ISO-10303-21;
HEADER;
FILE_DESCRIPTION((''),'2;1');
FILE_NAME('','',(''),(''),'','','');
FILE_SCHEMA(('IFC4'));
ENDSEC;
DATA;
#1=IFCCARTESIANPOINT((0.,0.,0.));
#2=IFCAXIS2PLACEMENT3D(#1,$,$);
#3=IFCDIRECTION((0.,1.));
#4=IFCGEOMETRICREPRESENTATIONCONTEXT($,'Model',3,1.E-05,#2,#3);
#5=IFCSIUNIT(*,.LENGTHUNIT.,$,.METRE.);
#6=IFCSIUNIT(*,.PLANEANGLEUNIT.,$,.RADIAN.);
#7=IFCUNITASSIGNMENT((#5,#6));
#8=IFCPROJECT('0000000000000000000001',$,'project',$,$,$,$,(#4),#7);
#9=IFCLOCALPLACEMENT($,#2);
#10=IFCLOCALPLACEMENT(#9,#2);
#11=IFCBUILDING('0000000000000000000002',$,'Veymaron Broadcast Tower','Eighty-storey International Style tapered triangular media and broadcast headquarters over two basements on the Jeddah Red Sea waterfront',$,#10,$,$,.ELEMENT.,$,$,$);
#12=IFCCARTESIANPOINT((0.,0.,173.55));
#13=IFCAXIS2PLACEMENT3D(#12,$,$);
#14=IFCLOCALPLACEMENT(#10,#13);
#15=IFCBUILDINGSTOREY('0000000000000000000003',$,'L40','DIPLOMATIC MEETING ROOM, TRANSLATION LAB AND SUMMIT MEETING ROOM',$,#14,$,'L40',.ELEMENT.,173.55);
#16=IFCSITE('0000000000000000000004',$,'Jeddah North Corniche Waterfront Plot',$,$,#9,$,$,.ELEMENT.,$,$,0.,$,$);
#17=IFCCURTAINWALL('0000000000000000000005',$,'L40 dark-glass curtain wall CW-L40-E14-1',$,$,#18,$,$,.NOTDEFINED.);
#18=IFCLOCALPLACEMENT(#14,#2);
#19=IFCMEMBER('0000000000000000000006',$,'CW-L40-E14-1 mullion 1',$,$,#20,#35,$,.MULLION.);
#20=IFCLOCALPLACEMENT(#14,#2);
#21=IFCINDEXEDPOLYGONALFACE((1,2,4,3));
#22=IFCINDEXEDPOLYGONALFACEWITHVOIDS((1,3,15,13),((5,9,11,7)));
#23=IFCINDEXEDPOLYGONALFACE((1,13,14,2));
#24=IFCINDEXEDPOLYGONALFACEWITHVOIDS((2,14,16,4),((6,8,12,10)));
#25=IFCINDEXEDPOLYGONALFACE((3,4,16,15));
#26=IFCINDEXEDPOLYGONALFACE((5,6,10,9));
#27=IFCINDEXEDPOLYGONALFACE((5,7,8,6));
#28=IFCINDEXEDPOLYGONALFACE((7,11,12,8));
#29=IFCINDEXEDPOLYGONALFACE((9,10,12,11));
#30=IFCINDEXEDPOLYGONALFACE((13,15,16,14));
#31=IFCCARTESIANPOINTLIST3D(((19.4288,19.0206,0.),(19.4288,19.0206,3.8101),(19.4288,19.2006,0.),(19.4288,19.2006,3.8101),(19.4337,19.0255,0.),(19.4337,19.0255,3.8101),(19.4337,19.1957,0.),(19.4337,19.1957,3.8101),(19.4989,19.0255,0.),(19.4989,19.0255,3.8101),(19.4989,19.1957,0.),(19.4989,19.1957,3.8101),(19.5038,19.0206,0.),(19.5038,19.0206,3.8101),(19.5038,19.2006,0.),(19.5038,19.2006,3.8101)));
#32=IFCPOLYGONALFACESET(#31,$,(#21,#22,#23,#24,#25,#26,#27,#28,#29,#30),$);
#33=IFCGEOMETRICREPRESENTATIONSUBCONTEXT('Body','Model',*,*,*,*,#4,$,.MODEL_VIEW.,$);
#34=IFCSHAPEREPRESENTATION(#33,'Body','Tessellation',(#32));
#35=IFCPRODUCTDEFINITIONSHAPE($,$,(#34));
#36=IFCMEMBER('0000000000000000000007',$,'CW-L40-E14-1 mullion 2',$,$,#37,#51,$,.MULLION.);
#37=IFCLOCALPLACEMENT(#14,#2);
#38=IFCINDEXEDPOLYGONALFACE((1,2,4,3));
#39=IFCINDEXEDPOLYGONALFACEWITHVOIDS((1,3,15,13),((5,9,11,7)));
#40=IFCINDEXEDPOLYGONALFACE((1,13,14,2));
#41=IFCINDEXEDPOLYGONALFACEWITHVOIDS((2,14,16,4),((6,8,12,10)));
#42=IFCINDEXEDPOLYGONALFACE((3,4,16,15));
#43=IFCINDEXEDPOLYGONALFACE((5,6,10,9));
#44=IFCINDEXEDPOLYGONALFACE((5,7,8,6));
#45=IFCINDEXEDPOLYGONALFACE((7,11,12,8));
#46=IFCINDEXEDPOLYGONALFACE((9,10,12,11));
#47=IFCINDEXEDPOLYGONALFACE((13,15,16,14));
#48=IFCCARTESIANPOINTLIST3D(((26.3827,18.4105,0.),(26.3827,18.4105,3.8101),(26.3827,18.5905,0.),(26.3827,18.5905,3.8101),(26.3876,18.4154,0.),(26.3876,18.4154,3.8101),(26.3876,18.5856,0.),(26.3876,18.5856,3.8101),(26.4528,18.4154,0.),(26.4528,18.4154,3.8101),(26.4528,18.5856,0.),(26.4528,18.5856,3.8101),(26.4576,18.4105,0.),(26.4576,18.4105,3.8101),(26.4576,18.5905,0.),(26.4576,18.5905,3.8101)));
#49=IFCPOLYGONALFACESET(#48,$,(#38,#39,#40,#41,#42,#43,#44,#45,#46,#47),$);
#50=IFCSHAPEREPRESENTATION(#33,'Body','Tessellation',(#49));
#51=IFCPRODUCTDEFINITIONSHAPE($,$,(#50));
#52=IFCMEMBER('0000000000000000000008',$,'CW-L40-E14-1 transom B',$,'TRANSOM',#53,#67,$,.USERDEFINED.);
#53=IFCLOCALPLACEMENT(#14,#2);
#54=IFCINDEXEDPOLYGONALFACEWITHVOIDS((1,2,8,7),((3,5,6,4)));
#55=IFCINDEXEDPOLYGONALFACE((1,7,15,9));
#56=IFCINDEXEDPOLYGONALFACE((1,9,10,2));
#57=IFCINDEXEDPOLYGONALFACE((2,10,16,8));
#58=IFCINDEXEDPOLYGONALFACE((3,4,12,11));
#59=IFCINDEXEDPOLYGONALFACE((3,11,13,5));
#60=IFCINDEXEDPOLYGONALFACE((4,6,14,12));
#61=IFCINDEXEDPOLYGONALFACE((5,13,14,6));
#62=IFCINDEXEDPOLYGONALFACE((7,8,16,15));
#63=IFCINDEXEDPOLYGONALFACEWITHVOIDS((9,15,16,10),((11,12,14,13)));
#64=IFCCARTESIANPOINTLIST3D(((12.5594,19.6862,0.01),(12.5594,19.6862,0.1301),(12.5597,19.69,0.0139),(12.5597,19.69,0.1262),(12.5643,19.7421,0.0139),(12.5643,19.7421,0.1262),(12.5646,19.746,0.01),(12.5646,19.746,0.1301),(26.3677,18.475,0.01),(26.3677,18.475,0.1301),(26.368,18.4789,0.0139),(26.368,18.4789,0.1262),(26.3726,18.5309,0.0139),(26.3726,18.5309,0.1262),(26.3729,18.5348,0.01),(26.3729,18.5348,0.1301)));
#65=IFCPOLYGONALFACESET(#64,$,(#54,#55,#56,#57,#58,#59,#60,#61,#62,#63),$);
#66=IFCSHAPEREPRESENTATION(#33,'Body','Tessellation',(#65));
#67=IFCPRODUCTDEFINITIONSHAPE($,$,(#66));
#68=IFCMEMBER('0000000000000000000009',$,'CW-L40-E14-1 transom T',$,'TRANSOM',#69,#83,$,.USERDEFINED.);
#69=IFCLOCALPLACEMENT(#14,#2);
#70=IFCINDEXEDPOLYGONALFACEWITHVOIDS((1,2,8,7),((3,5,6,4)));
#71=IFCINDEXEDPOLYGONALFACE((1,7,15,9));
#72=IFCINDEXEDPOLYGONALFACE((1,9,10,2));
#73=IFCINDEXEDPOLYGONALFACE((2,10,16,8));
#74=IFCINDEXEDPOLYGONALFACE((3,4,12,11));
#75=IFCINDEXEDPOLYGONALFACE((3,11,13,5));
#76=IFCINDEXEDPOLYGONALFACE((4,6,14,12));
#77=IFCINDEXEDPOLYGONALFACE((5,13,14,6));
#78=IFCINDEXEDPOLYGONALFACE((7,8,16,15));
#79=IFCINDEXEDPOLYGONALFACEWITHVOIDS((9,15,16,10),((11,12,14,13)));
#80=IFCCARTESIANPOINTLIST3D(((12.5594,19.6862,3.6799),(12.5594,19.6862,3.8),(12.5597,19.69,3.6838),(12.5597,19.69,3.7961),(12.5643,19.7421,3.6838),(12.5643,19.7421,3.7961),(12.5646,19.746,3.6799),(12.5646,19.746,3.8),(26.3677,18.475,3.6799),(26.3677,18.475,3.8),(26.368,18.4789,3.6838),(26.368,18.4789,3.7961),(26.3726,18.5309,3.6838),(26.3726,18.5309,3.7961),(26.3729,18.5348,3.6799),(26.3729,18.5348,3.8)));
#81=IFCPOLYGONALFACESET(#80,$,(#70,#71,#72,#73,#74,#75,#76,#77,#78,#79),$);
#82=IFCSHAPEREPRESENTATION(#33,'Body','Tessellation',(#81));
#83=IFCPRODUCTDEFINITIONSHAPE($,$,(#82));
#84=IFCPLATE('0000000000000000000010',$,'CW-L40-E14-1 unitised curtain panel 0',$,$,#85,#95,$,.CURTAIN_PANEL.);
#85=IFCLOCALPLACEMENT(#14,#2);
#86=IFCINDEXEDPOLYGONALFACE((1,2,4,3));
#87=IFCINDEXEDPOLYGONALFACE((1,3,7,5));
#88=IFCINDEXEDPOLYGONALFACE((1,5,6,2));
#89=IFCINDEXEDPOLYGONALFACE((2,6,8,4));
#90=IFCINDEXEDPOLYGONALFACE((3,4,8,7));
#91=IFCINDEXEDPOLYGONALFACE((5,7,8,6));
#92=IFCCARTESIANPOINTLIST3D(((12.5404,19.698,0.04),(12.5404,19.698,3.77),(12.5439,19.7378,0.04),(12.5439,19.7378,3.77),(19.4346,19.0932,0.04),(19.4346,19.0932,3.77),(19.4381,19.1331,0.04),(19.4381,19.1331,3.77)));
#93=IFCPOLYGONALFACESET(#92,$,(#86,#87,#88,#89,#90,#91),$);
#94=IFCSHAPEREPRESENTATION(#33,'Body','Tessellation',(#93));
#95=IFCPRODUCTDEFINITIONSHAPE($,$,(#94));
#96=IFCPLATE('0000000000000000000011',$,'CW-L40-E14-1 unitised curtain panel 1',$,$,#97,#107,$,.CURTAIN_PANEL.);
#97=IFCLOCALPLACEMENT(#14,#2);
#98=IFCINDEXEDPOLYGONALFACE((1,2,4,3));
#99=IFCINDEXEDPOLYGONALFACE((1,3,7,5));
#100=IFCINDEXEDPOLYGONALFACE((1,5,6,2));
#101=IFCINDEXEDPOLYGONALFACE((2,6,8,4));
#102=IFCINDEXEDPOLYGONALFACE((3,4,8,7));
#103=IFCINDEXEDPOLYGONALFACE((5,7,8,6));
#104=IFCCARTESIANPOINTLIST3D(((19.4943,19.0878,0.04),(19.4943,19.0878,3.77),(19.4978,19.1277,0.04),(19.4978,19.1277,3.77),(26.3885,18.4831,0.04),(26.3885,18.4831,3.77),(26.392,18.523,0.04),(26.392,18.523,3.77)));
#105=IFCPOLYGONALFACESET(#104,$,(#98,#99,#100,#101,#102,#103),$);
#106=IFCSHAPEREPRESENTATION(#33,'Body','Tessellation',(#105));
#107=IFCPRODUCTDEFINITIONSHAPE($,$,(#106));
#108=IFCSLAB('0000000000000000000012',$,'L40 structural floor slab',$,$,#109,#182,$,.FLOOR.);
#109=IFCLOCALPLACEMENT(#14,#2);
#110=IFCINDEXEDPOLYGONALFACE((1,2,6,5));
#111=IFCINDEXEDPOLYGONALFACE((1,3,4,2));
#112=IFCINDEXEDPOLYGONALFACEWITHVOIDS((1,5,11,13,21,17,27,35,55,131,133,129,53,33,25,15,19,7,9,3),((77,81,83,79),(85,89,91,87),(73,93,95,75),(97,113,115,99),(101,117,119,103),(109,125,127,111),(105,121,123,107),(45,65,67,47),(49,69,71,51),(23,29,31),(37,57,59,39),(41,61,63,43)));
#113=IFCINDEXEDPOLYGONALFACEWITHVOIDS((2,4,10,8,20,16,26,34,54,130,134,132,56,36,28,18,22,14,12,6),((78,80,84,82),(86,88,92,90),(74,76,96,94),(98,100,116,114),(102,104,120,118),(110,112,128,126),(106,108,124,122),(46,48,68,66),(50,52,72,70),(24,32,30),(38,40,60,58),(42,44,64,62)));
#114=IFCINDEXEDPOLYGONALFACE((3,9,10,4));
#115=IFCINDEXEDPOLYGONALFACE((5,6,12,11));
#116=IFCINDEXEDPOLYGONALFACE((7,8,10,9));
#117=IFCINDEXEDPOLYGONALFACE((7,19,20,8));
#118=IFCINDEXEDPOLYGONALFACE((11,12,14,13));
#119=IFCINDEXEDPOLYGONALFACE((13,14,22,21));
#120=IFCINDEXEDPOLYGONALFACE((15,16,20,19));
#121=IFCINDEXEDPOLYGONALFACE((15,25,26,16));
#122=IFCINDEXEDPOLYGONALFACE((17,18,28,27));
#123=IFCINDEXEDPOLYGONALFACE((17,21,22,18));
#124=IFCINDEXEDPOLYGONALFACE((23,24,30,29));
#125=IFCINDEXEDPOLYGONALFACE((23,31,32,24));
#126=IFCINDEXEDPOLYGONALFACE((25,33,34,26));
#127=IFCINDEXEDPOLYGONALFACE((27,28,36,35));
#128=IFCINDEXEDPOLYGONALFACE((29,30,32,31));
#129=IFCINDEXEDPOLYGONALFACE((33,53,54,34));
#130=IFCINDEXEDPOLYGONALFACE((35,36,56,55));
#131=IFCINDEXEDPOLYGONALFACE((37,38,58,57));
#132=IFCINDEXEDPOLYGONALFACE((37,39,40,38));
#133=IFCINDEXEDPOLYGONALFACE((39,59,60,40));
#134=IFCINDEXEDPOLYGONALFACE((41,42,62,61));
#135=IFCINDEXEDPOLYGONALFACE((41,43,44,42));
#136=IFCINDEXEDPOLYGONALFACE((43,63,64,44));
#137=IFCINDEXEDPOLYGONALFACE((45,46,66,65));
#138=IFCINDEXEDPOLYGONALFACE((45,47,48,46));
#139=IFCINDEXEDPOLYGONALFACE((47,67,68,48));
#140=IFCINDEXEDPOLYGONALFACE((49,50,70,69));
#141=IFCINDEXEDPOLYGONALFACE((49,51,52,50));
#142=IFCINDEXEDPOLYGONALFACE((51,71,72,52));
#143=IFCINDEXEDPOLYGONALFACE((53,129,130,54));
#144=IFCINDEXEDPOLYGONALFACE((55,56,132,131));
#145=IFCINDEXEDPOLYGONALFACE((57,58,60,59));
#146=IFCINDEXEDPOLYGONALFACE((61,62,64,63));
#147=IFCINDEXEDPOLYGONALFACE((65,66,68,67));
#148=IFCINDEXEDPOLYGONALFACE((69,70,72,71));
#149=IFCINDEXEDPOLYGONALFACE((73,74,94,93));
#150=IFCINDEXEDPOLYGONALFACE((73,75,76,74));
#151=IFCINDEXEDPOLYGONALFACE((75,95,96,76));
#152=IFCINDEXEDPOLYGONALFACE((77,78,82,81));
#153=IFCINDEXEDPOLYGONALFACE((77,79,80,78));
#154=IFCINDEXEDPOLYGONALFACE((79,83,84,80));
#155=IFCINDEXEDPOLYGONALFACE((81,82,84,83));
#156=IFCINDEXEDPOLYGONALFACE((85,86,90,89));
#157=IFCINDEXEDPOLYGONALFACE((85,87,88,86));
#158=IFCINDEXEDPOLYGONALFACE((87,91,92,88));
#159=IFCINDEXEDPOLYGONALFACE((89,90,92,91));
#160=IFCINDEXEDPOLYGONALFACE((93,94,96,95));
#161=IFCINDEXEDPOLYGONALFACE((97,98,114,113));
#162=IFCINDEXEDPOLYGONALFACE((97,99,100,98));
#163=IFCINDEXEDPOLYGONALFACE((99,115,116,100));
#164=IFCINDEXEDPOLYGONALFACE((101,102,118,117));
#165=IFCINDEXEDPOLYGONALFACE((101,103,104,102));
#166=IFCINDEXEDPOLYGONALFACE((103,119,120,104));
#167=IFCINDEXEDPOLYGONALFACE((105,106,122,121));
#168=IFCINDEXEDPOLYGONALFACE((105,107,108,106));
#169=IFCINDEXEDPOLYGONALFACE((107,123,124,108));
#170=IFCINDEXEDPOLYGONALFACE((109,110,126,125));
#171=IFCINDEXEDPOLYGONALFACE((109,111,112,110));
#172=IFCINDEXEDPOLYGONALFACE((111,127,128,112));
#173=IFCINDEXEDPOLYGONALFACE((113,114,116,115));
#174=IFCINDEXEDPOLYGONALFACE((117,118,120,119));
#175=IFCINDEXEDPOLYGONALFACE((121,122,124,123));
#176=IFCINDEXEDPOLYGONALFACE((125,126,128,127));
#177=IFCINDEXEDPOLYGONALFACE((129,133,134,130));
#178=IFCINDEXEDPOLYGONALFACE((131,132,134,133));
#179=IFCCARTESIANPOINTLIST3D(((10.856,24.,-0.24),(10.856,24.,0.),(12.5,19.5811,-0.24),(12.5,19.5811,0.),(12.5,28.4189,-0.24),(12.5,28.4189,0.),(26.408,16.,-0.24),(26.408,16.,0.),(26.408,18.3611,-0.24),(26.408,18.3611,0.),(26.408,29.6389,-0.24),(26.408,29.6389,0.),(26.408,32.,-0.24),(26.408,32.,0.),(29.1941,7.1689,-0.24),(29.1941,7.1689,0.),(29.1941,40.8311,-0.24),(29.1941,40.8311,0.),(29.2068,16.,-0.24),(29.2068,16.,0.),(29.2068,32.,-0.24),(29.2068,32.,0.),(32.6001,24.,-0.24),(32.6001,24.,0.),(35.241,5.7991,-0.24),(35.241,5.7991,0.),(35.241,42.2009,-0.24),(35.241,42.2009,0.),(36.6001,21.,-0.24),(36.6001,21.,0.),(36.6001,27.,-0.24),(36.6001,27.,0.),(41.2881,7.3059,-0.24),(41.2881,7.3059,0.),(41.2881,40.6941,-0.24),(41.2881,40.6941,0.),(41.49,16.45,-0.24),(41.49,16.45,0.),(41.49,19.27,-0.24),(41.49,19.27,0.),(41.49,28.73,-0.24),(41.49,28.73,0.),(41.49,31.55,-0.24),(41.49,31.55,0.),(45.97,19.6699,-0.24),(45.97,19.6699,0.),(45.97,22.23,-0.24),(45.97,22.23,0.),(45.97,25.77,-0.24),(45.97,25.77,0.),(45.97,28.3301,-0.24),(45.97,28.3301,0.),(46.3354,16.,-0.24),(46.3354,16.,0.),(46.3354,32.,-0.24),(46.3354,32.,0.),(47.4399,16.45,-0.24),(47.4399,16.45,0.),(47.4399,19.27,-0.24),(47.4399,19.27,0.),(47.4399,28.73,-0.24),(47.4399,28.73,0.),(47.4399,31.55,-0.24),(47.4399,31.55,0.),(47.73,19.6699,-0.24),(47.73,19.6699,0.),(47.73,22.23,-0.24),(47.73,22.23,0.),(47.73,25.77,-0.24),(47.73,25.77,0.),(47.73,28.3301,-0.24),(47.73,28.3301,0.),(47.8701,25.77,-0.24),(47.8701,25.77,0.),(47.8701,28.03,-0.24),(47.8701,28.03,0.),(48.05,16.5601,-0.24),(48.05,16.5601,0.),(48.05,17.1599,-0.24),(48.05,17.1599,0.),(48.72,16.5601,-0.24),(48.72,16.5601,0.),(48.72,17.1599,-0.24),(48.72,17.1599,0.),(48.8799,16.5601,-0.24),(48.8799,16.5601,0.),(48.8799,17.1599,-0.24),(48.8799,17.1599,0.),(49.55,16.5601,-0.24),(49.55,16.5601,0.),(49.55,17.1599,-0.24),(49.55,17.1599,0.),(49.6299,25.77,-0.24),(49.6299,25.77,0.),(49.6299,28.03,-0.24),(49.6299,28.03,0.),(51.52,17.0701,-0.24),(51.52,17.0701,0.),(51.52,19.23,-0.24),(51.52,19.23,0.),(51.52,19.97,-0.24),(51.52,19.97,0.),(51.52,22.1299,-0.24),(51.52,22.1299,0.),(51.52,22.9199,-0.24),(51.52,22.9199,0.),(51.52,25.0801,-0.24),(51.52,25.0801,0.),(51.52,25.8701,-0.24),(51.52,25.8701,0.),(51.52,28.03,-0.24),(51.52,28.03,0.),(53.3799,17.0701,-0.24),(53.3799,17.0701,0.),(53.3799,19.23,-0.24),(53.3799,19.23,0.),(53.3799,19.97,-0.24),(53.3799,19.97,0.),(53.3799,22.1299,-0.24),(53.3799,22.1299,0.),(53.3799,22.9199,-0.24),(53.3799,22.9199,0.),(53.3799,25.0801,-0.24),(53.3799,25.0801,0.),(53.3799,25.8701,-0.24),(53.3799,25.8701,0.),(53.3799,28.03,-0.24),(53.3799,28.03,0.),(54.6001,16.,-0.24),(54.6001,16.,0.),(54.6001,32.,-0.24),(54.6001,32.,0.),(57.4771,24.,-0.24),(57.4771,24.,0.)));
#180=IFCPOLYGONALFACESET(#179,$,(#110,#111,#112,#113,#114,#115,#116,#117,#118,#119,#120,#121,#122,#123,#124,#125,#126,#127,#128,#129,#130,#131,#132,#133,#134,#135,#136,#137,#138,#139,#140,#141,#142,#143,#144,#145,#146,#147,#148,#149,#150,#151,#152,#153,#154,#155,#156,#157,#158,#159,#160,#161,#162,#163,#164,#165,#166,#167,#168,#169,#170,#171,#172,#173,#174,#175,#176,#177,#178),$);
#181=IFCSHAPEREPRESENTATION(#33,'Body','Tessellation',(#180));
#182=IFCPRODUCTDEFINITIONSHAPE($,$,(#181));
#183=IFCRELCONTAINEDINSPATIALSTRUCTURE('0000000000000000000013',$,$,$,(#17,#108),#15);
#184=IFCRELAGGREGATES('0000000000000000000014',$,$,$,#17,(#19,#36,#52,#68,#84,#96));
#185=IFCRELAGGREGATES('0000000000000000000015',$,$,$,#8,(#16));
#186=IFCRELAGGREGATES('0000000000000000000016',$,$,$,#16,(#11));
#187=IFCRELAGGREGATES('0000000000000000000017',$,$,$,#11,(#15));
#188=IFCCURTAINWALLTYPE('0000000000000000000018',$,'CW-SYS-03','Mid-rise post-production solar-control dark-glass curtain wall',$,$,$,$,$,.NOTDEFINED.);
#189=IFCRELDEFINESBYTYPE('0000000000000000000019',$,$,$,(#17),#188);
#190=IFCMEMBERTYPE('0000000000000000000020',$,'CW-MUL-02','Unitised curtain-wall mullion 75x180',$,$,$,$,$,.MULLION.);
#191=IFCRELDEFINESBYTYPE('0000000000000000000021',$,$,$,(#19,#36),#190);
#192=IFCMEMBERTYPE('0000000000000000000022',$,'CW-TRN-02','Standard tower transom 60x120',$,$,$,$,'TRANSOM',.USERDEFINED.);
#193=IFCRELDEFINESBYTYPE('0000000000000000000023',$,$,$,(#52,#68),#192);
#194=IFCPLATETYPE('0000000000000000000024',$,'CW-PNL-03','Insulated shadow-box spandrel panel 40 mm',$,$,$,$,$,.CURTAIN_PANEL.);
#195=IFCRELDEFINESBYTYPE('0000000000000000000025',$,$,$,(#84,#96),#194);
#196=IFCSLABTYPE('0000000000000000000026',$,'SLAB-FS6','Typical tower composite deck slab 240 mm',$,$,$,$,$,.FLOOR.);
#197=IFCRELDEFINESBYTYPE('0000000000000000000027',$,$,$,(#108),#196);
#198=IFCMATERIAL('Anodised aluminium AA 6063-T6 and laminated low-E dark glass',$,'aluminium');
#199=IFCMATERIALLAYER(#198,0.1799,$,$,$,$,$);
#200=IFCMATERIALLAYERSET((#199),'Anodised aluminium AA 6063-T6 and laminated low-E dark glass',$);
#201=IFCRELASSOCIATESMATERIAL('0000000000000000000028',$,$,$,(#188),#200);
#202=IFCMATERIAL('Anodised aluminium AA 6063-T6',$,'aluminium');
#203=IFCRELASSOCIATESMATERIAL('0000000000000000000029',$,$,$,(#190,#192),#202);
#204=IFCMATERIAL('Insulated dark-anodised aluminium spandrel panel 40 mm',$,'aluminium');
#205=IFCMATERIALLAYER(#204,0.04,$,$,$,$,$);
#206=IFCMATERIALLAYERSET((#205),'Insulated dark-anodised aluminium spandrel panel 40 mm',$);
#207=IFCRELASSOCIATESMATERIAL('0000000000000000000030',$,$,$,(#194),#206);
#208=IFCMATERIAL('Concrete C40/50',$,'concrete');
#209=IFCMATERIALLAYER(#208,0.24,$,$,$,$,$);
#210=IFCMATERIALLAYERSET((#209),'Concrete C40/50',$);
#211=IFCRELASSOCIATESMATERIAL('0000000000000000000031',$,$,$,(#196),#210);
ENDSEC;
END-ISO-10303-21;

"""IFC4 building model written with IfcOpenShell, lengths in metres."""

from ifc_helpers import new_model, si_unit, direction, frame, origin, origin_2d, place, context, subcontext, project, spatial, polyline, rectangle, hollow_rectangle, outline, extrude, material, layer, layer_set, material_profile, profile_set, type_object, element, aggregate, save


model = new_model("IFC4")

# Units and contexts
model_context = context("Model", 3, precision=1e-05, world=origin(), true_north=direction((0.0, 1.0)))
body_context = subcontext(model_context, "Body", "Model", "MODEL_VIEW")
ifc_project = project(units=[si_unit("LENGTHUNIT", "METRE"), si_unit("PLANEANGLEUNIT", "RADIAN")], contexts=[model_context])

# Site, building, storey
site_placement = place(None, origin())
site = spatial("IfcSite", under=ifc_project, at=site_placement, Name="Jeddah North Corniche Waterfront Plot", CompositionType="ELEMENT", RefElevation=0.0)
building_placement = place(site_placement, origin())
building = spatial("IfcBuilding", under=site, at=building_placement, Name="Veymaron Broadcast Tower", Description="Eighty-storey International Style tapered triangular media and broadcast headquarters over two basements on the Jeddah Red Sea waterfront", CompositionType="ELEMENT")
storey_placement = place(building_placement, frame((0.0, 0.0, 173.55)))
storey = spatial("IfcBuildingStorey", under=building, at=storey_placement, Name="L40", Description="DIPLOMATIC MEETING ROOM, TRANSLATION LAB AND SUMMIT MEETING ROOM", LongName="L40", CompositionType="ELEMENT", Elevation=173.55)

# Curtain wall, members, plates
ifc_material_1 = material(Name="Anodised aluminium AA 6063-T6 and laminated low-E dark glass", Category="aluminium")
ifc_layer_1 = layer(ifc_material_1, 0.1799)
ifc_layer_set_1 = layer_set([ifc_layer_1], Name="Anodised aluminium AA 6063-T6 and laminated low-E dark glass")
curtain_wall_type = type_object("IfcCurtainWallType", Name="CW-SYS-03", Description="Mid-rise post-production solar-control dark-glass curtain wall", PredefinedType="NOTDEFINED", material=ifc_layer_set_1)
curtain_wall_placement = place(storey_placement, origin())
curtain_wall = element("IfcCurtainWall", 1, at=curtain_wall_placement, inside=storey, type_object=curtain_wall_type, Name="L40 dark-glass curtain wall CW-L40-E14-1", PredefinedType="NOTDEFINED")
ifc_material_2 = material(Name="Anodised aluminium AA 6063-T6", Category="aluminium")
ifc_material_profile_1 = material_profile(ifc_material_2, hollow_rectangle(XDim=0.075, YDim=0.1799, WallThickness=0.0049, at=origin_2d()), Name="AL180X75X5")
ifc_profile_set_1 = profile_set([ifc_material_profile_1], Name="Anodised aluminium AA 6063-T6")
member_type_1 = type_object("IfcMemberType", Name="CW-MUL-02", Description="Unitised curtain-wall mullion 75x180", PredefinedType="MULLION", material=ifc_profile_set_1)
member_1_placement = place(storey_placement, frame((19.4663, 19.1106, 0.0), z_axis=(0.0, 0.0, 1.0), x_axis=(1.0, 0.0, 0.0)))
member_1 = element("IfcMember", 2, at=member_1_placement, type_object=member_type_1, Name="CW-L40-E14-1 mullion 1", PredefinedType="MULLION", context=body_context, shape_type="SweptSolid", body=[
    extrude(hollow_rectangle(XDim=0.075, YDim=0.1799, WallThickness=0.0049, at=origin_2d()), origin(), (0.0, 0.0, 1.0), 3.8101),
])
member_2_placement = place(storey_placement, frame((26.4202, 18.5005, 0.0), z_axis=(0.0, 0.0, 1.0), x_axis=(1.0, 0.0, 0.0)))
member_2 = element("IfcMember", 3, at=member_2_placement, type_object=member_type_1, Name="CW-L40-E14-1 mullion 2", PredefinedType="MULLION", context=body_context, shape_type="SweptSolid", body=[
    extrude(hollow_rectangle(XDim=0.075, YDim=0.1799, WallThickness=0.0049, at=origin_2d()), origin(), (0.0, 0.0, 1.0), 3.8101),
])
ifc_material_profile_2 = material_profile(ifc_material_2, hollow_rectangle(XDim=0.0601, YDim=0.1201, WallThickness=0.0039, at=origin_2d()), Name="AL120X60X4")
ifc_profile_set_2 = profile_set([ifc_material_profile_2], Name="Anodised aluminium AA 6063-T6")
member_type_2 = type_object("IfcMemberType", Name="CW-TRN-02", Description="Standard tower transom 60x120", ElementType="TRANSOM", PredefinedType="USERDEFINED", material=ifc_profile_set_2)
member_3_placement = place(storey_placement, frame((12.562, 19.7161, 0.0701), z_axis=(0.996175, -0.087378, 0.0), x_axis=(0.087378, 0.996175, 0.0)))
member_3 = element("IfcMember", 4, at=member_3_placement, type_object=member_type_2, Name="CW-L40-E14-1 transom B", ObjectType="TRANSOM", PredefinedType="USERDEFINED", context=body_context, shape_type="SweptSolid", body=[
    extrude(hollow_rectangle(XDim=0.0601, YDim=0.1201, WallThickness=0.0039, at=origin_2d()), origin(), (0.0, 0.0, 1.0), 13.8613),
])
member_4_placement = place(storey_placement, frame((12.562, 19.7161, 3.74), z_axis=(0.996175, -0.087378, 0.0), x_axis=(0.087378, 0.996175, 0.0)))
member_4 = element("IfcMember", 5, at=member_4_placement, type_object=member_type_2, Name="CW-L40-E14-1 transom T", ObjectType="TRANSOM", PredefinedType="USERDEFINED", context=body_context, shape_type="SweptSolid", body=[
    extrude(hollow_rectangle(XDim=0.0601, YDim=0.1201, WallThickness=0.0039, at=origin_2d()), origin(), (0.0, 0.0, 1.0), 13.8613),
])
ifc_material_3 = material(Name="Insulated dark-anodised aluminium spandrel panel 40 mm", Category="aluminium")
ifc_layer_2 = layer(ifc_material_3, 0.04)
ifc_layer_set_2 = layer_set([ifc_layer_2], Name="Insulated dark-anodised aluminium spandrel panel 40 mm")
plate_type = type_object("IfcPlateType", Name="CW-PNL-03", Description="Insulated shadow-box spandrel panel 40 mm", PredefinedType="CURTAIN_PANEL", material=ifc_layer_set_2)
plate_1_placement = place(storey_placement, frame((15.9893, 19.4155, 0.04), z_axis=(0.0, 0.0, 1.0), x_axis=(0.996175, -0.087382, 0.0)))
plate_1 = element("IfcPlate", 6, at=plate_1_placement, type_object=plate_type, Name="CW-L40-E14-1 unitised curtain panel 0", PredefinedType="CURTAIN_PANEL", context=body_context, shape_type="SweptSolid", body=[
    extrude(rectangle(XDim=6.9207, YDim=0.04, at=origin_2d()), origin(), (0.0, 0.0, 1.0), 3.73),
])
plate_2_placement = place(storey_placement, frame((22.9431, 18.8054, 0.04), z_axis=(0.0, 0.0, 1.0), x_axis=(0.996175, -0.087382, 0.0)))
plate_2 = element("IfcPlate", 7, at=plate_2_placement, type_object=plate_type, Name="CW-L40-E14-1 unitised curtain panel 1", PredefinedType="CURTAIN_PANEL", context=body_context, shape_type="SweptSolid", body=[
    extrude(rectangle(XDim=6.9207, YDim=0.04, at=origin_2d()), origin(), (0.0, 0.0, 1.0), 3.73),
])
aggregate(curtain_wall, [member_1, member_2, member_3, member_4, plate_1, plate_2])

# Slab
ifc_material_4 = material(Name="Concrete C40/50", Category="concrete")
ifc_layer_3 = layer(ifc_material_4, 0.24)
ifc_layer_set_3 = layer_set([ifc_layer_3], Name="Concrete C40/50")
slab_type_1 = type_object("IfcSlabType", Name="SLAB-FS6", Description="Typical tower composite deck slab 240 mm", PredefinedType="FLOOR", material=ifc_layer_set_3)
slab_1_placement = place(storey_placement, frame((0.0, 0.0, -0.24)))
element("IfcSlab", 8, at=slab_1_placement, inside=storey, type_object=slab_type_1, Name="L40 structural floor slab", PredefinedType="FLOOR", context=body_context, shape_type="SweptSolid", body=[
    extrude(outline(polyline([(46.3354, 16.0), (54.6001, 16.0), (57.4771, 24.0), (54.6001, 32.0), (46.3354, 32.0), (41.2881, 40.6941), (35.241, 42.2009), (29.1941, 40.8311), (29.2068, 32.0), (26.408, 32.0), (26.408, 29.6389), (12.5, 28.4189), (10.856, 24.0), (12.5, 19.5811), (26.408, 18.3611), (26.408, 16.0), (29.2068, 16.0), (29.1941, 7.1689), (35.241, 5.7991), (41.2881, 7.3059), (46.3354, 16.0)]), holes=[polyline([(45.97, 28.3301), (47.73, 28.3301), (47.73, 25.77), (45.97, 25.77), (45.97, 28.3301)]), polyline([(45.97, 22.23), (47.73, 22.23), (47.73, 19.6699), (45.97, 19.6699), (45.97, 22.23)]), polyline([(47.8701, 28.03), (49.6299, 28.03), (49.6299, 25.77), (47.8701, 25.77), (47.8701, 28.03)]), polyline([(51.52, 28.03), (53.3799, 28.03), (53.3799, 25.8701), (51.52, 25.8701), (51.52, 28.03)]), polyline([(51.52, 22.1299), (53.3799, 22.1299), (53.3799, 19.97), (51.52, 19.97), (51.52, 22.1299)]), polyline([(51.52, 25.0801), (53.3799, 25.0801), (53.3799, 22.9199), (51.52, 22.9199), (51.52, 25.0801)]), polyline([(51.52, 19.23), (53.3799, 19.23), (53.3799, 17.0701), (51.52, 17.0701), (51.52, 19.23)]), polyline([(48.05, 17.1599), (48.72, 17.1599), (48.72, 16.5601), (48.05, 16.5601), (48.05, 17.1599)]), polyline([(48.8799, 17.1599), (49.55, 17.1599), (49.55, 16.5601), (48.8799, 16.5601), (48.8799, 17.1599)]), polyline([(36.6001, 27.0), (36.6001, 21.0), (32.6001, 24.0), (36.6001, 27.0)]), polyline([(41.49, 31.55), (47.4399, 31.55), (47.4399, 28.73), (41.49, 28.73), (41.49, 31.55)]), polyline([(41.49, 19.27), (47.4399, 19.27), (47.4399, 16.45), (41.49, 16.45), (41.49, 19.27)])]), origin(), (0.0, 0.0, 1.0), 0.24),
])

save(model, "model.ifc")
